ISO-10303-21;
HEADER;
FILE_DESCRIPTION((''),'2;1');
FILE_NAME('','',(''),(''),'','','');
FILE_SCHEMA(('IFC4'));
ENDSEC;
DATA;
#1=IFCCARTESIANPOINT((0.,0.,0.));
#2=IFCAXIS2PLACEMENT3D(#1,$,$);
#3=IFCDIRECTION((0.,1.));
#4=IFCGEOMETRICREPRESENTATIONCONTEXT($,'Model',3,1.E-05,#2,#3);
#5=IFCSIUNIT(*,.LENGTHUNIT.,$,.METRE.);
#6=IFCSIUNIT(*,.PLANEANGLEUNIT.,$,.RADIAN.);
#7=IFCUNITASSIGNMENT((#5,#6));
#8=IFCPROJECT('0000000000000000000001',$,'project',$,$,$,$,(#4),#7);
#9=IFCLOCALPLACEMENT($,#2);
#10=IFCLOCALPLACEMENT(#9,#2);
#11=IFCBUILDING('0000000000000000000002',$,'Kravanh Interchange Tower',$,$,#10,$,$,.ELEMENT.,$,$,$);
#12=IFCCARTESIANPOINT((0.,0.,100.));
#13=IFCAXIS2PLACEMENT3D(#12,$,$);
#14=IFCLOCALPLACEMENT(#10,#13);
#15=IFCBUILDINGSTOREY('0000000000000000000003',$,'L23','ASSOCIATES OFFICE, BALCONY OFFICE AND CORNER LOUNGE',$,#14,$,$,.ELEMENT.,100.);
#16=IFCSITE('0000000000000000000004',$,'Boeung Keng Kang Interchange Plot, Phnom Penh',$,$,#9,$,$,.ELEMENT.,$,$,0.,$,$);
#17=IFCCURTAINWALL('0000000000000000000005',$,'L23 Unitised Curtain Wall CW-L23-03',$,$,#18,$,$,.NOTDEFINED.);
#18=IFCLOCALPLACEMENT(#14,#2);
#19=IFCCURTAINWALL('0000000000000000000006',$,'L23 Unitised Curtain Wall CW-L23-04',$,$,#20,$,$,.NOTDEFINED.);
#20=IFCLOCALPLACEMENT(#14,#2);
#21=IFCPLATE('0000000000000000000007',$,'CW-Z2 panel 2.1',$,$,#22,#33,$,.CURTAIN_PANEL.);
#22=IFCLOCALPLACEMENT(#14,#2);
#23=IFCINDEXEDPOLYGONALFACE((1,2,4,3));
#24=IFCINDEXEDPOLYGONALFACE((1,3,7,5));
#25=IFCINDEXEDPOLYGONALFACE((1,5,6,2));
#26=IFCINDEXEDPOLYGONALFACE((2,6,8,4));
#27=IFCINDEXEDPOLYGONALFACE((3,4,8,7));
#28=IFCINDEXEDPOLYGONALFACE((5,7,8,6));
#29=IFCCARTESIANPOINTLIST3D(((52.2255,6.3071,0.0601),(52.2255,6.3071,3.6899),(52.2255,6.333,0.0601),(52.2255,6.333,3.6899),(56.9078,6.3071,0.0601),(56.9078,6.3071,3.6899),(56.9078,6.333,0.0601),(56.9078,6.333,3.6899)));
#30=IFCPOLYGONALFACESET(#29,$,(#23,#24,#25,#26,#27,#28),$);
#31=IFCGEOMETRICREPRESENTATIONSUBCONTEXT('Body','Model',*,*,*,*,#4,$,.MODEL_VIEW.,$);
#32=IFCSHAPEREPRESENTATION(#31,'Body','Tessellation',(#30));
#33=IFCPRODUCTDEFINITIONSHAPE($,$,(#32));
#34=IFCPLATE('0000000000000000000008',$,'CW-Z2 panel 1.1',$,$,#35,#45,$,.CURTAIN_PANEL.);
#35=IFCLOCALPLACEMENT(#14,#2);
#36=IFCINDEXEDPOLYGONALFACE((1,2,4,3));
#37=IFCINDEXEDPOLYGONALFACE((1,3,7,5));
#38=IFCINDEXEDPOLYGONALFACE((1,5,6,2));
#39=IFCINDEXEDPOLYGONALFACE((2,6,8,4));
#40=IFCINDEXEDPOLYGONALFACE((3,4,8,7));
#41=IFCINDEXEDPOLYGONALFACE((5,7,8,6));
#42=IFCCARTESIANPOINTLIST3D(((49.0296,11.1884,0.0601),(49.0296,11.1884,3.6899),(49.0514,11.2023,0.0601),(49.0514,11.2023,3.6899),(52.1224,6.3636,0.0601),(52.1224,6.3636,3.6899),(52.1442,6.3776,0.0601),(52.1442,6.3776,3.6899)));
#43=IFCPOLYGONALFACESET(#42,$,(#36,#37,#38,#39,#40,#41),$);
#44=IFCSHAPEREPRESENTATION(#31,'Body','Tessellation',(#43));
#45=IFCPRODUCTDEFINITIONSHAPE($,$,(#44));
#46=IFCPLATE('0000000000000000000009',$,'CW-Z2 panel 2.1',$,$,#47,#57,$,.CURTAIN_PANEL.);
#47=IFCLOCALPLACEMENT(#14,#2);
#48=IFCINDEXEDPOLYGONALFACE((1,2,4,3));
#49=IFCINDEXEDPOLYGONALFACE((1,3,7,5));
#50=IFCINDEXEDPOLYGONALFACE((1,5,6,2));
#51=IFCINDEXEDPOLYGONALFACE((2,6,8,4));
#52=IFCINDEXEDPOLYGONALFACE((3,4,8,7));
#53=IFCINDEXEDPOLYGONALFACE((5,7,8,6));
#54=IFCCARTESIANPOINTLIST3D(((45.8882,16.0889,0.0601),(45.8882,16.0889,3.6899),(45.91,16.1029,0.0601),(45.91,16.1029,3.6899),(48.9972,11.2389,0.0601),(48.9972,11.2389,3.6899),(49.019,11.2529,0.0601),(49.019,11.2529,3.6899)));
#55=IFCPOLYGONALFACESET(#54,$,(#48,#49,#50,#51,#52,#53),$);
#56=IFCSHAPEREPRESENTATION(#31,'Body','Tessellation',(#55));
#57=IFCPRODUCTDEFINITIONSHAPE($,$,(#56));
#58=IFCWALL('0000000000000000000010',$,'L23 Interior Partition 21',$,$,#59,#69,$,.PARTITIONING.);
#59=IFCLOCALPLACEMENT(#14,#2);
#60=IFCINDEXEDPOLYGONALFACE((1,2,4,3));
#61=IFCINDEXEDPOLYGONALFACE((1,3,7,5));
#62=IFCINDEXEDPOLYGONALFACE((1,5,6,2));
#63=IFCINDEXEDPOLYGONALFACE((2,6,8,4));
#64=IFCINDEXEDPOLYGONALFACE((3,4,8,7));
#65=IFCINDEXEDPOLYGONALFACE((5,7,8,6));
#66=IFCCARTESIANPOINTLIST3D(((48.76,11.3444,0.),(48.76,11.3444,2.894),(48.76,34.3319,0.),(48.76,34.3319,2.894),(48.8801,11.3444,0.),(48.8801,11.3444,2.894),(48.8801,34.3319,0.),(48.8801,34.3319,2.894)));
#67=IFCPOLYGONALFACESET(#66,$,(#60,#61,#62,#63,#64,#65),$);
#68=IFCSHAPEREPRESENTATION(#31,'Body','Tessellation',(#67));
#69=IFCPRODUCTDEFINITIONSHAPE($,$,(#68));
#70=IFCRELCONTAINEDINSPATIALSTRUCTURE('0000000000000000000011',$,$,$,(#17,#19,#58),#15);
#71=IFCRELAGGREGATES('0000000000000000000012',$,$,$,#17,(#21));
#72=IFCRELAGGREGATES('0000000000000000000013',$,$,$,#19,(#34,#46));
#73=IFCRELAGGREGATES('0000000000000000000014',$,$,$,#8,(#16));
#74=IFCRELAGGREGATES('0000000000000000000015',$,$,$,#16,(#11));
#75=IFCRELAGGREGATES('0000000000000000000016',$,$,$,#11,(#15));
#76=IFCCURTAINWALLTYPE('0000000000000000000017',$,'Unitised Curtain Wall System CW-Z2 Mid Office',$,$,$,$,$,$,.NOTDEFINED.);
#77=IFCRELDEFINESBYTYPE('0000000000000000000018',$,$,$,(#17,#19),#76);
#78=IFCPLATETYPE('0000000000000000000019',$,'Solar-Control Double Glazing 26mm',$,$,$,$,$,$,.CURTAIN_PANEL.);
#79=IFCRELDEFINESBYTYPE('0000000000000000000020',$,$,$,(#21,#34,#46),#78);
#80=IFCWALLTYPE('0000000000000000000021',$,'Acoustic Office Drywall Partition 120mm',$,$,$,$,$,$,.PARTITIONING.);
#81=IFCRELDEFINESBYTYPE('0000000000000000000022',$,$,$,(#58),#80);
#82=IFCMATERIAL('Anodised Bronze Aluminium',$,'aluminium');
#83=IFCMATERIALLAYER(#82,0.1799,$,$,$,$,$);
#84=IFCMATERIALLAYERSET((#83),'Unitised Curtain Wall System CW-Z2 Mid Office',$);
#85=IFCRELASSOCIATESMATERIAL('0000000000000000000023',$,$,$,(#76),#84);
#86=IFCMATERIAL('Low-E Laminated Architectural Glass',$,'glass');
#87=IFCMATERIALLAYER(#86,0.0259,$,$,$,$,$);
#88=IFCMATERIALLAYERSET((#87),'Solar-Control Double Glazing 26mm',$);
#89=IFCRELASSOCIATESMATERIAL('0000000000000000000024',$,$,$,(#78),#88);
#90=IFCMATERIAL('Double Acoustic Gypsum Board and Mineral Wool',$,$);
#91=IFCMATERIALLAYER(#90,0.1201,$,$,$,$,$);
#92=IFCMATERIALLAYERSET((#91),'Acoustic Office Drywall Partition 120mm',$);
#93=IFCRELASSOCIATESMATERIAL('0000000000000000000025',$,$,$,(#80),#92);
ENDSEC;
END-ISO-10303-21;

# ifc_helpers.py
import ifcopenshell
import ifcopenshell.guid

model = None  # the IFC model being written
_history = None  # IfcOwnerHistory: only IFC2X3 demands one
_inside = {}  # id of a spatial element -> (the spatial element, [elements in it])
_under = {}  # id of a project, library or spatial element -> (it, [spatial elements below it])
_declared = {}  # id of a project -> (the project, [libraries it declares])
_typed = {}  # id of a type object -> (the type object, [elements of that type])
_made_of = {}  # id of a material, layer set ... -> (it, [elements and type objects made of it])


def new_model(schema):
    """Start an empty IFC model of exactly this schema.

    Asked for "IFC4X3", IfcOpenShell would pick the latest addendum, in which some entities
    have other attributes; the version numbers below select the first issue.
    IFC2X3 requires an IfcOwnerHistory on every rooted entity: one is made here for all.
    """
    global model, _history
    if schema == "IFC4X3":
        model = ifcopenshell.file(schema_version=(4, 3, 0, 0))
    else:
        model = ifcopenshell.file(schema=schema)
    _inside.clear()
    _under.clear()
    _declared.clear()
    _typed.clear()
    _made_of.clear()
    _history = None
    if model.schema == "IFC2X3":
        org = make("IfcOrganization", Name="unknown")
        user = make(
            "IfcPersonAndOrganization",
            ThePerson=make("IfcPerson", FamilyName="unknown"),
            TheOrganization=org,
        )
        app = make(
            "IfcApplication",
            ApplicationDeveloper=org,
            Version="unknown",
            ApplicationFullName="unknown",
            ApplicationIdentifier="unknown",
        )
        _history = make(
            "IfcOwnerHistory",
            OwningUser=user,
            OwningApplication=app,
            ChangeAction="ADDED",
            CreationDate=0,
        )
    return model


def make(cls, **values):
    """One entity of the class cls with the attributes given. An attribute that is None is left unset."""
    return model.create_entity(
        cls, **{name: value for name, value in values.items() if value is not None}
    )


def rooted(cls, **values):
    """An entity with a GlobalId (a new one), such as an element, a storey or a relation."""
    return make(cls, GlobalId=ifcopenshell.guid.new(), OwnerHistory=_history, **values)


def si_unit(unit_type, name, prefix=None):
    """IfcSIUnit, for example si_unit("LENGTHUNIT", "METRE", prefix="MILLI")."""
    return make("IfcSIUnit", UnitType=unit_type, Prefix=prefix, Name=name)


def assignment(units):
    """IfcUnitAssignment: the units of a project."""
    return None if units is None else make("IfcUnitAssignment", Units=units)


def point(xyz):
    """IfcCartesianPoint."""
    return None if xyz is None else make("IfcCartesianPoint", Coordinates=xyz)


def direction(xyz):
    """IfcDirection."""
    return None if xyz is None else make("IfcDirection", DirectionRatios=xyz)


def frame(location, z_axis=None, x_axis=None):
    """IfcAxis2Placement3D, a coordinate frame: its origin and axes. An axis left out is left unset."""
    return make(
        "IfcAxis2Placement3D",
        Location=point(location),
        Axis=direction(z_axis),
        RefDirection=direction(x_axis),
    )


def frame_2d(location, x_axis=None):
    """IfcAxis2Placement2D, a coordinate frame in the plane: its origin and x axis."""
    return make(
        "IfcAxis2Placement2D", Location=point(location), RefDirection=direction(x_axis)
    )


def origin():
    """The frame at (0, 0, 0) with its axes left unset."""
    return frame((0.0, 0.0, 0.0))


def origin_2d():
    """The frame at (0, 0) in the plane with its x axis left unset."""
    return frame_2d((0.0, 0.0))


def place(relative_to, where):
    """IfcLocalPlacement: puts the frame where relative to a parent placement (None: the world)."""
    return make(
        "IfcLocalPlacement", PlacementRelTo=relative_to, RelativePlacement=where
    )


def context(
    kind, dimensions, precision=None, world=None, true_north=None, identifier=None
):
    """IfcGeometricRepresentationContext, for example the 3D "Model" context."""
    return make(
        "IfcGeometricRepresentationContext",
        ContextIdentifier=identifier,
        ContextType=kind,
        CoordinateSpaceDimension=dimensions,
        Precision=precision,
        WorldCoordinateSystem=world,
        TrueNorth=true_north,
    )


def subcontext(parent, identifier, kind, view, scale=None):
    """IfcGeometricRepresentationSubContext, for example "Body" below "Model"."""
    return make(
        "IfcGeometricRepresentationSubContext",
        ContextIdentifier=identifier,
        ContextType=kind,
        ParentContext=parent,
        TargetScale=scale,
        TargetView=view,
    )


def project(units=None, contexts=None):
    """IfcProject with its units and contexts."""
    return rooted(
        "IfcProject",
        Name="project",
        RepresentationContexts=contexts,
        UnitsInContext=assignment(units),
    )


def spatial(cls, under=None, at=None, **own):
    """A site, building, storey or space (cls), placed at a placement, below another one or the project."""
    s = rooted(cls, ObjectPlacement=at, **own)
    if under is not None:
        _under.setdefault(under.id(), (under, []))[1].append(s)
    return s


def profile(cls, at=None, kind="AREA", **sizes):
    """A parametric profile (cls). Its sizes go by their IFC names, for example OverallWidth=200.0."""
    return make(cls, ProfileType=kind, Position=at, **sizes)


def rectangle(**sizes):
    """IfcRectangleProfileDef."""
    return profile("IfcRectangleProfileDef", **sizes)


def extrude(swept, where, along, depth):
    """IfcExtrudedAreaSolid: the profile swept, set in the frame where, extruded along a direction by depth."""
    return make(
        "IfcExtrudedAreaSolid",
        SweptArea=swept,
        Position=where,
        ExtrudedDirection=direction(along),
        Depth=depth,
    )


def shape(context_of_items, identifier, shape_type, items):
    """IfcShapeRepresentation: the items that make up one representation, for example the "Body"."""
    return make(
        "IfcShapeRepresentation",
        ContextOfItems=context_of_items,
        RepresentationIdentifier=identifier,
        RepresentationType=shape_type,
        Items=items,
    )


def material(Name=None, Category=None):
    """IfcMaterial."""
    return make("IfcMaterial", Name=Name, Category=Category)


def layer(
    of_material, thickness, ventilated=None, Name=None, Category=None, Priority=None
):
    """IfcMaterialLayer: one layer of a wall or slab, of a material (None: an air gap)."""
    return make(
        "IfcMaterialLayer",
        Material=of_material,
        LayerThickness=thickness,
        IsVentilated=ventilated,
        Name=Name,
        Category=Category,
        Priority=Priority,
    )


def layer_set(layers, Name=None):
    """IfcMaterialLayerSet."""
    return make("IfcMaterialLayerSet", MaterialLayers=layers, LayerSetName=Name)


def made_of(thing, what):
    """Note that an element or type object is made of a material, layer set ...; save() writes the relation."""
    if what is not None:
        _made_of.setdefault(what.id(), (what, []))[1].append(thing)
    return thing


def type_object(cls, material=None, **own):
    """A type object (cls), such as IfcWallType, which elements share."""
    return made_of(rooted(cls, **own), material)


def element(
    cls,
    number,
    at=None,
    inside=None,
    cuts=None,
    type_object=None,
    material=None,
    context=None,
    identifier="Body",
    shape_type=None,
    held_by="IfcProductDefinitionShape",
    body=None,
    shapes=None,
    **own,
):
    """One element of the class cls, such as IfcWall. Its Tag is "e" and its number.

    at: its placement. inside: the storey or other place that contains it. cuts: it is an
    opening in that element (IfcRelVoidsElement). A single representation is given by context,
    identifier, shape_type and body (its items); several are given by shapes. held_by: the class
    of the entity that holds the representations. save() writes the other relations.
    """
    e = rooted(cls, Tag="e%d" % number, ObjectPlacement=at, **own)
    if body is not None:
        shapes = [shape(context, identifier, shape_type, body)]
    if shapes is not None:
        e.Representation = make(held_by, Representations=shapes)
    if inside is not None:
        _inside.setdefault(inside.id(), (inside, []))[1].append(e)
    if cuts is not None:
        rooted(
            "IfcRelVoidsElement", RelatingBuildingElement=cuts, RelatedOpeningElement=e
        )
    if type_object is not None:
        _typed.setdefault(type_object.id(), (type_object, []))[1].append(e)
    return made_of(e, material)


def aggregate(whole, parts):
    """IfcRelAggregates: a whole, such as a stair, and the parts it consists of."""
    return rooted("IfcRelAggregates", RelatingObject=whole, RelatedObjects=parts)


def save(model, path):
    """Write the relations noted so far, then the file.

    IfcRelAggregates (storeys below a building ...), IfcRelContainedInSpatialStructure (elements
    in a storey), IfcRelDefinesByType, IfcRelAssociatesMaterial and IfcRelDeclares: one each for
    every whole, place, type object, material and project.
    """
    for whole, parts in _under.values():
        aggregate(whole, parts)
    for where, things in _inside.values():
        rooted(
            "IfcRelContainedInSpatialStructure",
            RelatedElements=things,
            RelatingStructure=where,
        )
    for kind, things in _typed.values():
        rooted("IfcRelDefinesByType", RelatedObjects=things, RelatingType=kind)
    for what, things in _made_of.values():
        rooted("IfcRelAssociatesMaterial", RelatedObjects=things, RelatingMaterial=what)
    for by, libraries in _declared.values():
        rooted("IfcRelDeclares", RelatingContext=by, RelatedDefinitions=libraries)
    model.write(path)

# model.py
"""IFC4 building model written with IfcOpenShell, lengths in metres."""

from ifc_helpers import new_model, si_unit, direction, frame, frame_2d, origin, origin_2d, place, context, subcontext, project, spatial, rectangle, extrude, material, layer, layer_set, type_object, element, aggregate, save


model = new_model("IFC4")

# Units and contexts
model_context = context("Model", 3, precision=1e-05, world=origin(), true_north=direction((0.0, 1.0)))
body_context = subcontext(model_context, "Body", "Model", "MODEL_VIEW")
ifc_project = project(units=[si_unit("LENGTHUNIT", "METRE"), si_unit("PLANEANGLEUNIT", "RADIAN")], contexts=[model_context])

# Site, building, storey
site_placement = place(None, origin())
site = spatial("IfcSite", under=ifc_project, at=site_placement, Name="Boeung Keng Kang Interchange Plot, Phnom Penh", CompositionType="ELEMENT", RefElevation=0.0)
building_placement = place(site_placement, origin())
building = spatial("IfcBuilding", under=site, at=building_placement, Name="Kravanh Interchange Tower", CompositionType="ELEMENT")
storey_placement = place(building_placement, frame((0.0, 0.0, 100.0)))
storey = spatial("IfcBuildingStorey", under=building, at=storey_placement, Name="L23", Description="ASSOCIATES OFFICE, BALCONY OFFICE AND CORNER LOUNGE", CompositionType="ELEMENT", Elevation=100.0)

# Curtain wall
ifc_material_1 = material(Name="Anodised Bronze Aluminium", Category="aluminium")
ifc_layer_1 = layer(ifc_material_1, 0.1799)
ifc_layer_set_1 = layer_set([ifc_layer_1], Name="Unitised Curtain Wall System CW-Z2 Mid Office")
curtain_wall_type = type_object("IfcCurtainWallType", Name="Unitised Curtain Wall System CW-Z2 Mid Office", PredefinedType="NOTDEFINED", material=ifc_layer_set_1)
curtain_wall_1_placement = place(storey_placement, origin())
curtain_wall_1 = element("IfcCurtainWall", 1, at=curtain_wall_1_placement, inside=storey, type_object=curtain_wall_type, Name="L23 Unitised Curtain Wall CW-L23-03", PredefinedType="NOTDEFINED")

# Curtain wall
curtain_wall_2_placement = place(storey_placement, origin())
curtain_wall_2 = element("IfcCurtainWall", 2, at=curtain_wall_2_placement, inside=storey, type_object=curtain_wall_type, Name="L23 Unitised Curtain Wall CW-L23-04", PredefinedType="NOTDEFINED")

# Plates
ifc_material_2 = material(Name="Low-E Laminated Architectural Glass", Category="glass")
ifc_layer_2 = layer(ifc_material_2, 0.0259)
ifc_layer_set_2 = layer_set([ifc_layer_2], Name="Solar-Control Double Glazing 26mm")
plate_type = type_object("IfcPlateType", Name="Solar-Control Double Glazing 26mm", PredefinedType="CURTAIN_PANEL", material=ifc_layer_set_2)
plate_1_placement = place(storey_placement, frame((54.5667, 6.3201, 0.0601), z_axis=(0.0, 0.0, 1.0), x_axis=(-1.0, 0.0, 0.0)))
plate_1 = element("IfcPlate", 3, at=plate_1_placement, type_object=plate_type, Name="CW-Z2 panel 2.1", PredefinedType="CURTAIN_PANEL", context=body_context, shape_type="SweptSolid", body=[
    extrude(rectangle(XDim=4.6824, YDim=0.0259, at=origin_2d()), origin(), (0.0, 0.0, 1.0), 3.6299),
])
aggregate(curtain_wall_1, [plate_1])
plate_2_placement = place(storey_placement, frame((50.5869, 8.783, 0.0601), z_axis=(0.0, 0.0, 1.0), x_axis=(-0.539665, 0.84188, 0.0)))
plate_2 = element("IfcPlate", 4, at=plate_2_placement, type_object=plate_type, Name="CW-Z2 panel 1.1", PredefinedType="CURTAIN_PANEL", context=body_context, shape_type="SweptSolid", body=[
    extrude(rectangle(XDim=5.731, YDim=0.0259, at=origin_2d()), origin(), (0.0, 0.0, 1.0), 3.6299),
])
plate_3_placement = place(storey_placement, frame((47.4536, 13.6709, 0.0601), z_axis=(0.0, 0.0, 1.0), x_axis=(-0.539665, 0.84188, 0.0)))
plate_3 = element("IfcPlate", 5, at=plate_3_placement, type_object=plate_type, Name="CW-Z2 panel 2.1", PredefinedType="CURTAIN_PANEL", context=body_context, shape_type="SweptSolid", body=[
    extrude(rectangle(XDim=5.761, YDim=0.0259, at=origin_2d()), origin(), (0.0, 0.0, 1.0), 3.6299),
])
aggregate(curtain_wall_2, [plate_2, plate_3])

# Wall
ifc_material_3 = material(Name="Double Acoustic Gypsum Board and Mineral Wool")
ifc_layer_3 = layer(ifc_material_3, 0.1201)
ifc_layer_set_3 = layer_set([ifc_layer_3], Name="Acoustic Office Drywall Partition 120mm")
wall_type = type_object("IfcWallType", Name="Acoustic Office Drywall Partition 120mm", PredefinedType="PARTITIONING", material=ifc_layer_set_3)
wall_placement = place(storey_placement, frame((48.8201, 11.3445, 0.0), z_axis=(0.0, 0.0, 1.0), x_axis=(0.0, 1.0, 0.0)))
element("IfcWall", 6, at=wall_placement, inside=storey, type_object=wall_type, Name="L23 Interior Partition 21", PredefinedType="PARTITIONING", context=body_context, shape_type="SweptSolid", body=[
    extrude(rectangle(XDim=22.9875, YDim=0.1201, at=frame_2d((11.4937, 0.0))), origin(), (0.0, 0.0, 1.0), 2.894),
])

save(model, "model.ifc")
